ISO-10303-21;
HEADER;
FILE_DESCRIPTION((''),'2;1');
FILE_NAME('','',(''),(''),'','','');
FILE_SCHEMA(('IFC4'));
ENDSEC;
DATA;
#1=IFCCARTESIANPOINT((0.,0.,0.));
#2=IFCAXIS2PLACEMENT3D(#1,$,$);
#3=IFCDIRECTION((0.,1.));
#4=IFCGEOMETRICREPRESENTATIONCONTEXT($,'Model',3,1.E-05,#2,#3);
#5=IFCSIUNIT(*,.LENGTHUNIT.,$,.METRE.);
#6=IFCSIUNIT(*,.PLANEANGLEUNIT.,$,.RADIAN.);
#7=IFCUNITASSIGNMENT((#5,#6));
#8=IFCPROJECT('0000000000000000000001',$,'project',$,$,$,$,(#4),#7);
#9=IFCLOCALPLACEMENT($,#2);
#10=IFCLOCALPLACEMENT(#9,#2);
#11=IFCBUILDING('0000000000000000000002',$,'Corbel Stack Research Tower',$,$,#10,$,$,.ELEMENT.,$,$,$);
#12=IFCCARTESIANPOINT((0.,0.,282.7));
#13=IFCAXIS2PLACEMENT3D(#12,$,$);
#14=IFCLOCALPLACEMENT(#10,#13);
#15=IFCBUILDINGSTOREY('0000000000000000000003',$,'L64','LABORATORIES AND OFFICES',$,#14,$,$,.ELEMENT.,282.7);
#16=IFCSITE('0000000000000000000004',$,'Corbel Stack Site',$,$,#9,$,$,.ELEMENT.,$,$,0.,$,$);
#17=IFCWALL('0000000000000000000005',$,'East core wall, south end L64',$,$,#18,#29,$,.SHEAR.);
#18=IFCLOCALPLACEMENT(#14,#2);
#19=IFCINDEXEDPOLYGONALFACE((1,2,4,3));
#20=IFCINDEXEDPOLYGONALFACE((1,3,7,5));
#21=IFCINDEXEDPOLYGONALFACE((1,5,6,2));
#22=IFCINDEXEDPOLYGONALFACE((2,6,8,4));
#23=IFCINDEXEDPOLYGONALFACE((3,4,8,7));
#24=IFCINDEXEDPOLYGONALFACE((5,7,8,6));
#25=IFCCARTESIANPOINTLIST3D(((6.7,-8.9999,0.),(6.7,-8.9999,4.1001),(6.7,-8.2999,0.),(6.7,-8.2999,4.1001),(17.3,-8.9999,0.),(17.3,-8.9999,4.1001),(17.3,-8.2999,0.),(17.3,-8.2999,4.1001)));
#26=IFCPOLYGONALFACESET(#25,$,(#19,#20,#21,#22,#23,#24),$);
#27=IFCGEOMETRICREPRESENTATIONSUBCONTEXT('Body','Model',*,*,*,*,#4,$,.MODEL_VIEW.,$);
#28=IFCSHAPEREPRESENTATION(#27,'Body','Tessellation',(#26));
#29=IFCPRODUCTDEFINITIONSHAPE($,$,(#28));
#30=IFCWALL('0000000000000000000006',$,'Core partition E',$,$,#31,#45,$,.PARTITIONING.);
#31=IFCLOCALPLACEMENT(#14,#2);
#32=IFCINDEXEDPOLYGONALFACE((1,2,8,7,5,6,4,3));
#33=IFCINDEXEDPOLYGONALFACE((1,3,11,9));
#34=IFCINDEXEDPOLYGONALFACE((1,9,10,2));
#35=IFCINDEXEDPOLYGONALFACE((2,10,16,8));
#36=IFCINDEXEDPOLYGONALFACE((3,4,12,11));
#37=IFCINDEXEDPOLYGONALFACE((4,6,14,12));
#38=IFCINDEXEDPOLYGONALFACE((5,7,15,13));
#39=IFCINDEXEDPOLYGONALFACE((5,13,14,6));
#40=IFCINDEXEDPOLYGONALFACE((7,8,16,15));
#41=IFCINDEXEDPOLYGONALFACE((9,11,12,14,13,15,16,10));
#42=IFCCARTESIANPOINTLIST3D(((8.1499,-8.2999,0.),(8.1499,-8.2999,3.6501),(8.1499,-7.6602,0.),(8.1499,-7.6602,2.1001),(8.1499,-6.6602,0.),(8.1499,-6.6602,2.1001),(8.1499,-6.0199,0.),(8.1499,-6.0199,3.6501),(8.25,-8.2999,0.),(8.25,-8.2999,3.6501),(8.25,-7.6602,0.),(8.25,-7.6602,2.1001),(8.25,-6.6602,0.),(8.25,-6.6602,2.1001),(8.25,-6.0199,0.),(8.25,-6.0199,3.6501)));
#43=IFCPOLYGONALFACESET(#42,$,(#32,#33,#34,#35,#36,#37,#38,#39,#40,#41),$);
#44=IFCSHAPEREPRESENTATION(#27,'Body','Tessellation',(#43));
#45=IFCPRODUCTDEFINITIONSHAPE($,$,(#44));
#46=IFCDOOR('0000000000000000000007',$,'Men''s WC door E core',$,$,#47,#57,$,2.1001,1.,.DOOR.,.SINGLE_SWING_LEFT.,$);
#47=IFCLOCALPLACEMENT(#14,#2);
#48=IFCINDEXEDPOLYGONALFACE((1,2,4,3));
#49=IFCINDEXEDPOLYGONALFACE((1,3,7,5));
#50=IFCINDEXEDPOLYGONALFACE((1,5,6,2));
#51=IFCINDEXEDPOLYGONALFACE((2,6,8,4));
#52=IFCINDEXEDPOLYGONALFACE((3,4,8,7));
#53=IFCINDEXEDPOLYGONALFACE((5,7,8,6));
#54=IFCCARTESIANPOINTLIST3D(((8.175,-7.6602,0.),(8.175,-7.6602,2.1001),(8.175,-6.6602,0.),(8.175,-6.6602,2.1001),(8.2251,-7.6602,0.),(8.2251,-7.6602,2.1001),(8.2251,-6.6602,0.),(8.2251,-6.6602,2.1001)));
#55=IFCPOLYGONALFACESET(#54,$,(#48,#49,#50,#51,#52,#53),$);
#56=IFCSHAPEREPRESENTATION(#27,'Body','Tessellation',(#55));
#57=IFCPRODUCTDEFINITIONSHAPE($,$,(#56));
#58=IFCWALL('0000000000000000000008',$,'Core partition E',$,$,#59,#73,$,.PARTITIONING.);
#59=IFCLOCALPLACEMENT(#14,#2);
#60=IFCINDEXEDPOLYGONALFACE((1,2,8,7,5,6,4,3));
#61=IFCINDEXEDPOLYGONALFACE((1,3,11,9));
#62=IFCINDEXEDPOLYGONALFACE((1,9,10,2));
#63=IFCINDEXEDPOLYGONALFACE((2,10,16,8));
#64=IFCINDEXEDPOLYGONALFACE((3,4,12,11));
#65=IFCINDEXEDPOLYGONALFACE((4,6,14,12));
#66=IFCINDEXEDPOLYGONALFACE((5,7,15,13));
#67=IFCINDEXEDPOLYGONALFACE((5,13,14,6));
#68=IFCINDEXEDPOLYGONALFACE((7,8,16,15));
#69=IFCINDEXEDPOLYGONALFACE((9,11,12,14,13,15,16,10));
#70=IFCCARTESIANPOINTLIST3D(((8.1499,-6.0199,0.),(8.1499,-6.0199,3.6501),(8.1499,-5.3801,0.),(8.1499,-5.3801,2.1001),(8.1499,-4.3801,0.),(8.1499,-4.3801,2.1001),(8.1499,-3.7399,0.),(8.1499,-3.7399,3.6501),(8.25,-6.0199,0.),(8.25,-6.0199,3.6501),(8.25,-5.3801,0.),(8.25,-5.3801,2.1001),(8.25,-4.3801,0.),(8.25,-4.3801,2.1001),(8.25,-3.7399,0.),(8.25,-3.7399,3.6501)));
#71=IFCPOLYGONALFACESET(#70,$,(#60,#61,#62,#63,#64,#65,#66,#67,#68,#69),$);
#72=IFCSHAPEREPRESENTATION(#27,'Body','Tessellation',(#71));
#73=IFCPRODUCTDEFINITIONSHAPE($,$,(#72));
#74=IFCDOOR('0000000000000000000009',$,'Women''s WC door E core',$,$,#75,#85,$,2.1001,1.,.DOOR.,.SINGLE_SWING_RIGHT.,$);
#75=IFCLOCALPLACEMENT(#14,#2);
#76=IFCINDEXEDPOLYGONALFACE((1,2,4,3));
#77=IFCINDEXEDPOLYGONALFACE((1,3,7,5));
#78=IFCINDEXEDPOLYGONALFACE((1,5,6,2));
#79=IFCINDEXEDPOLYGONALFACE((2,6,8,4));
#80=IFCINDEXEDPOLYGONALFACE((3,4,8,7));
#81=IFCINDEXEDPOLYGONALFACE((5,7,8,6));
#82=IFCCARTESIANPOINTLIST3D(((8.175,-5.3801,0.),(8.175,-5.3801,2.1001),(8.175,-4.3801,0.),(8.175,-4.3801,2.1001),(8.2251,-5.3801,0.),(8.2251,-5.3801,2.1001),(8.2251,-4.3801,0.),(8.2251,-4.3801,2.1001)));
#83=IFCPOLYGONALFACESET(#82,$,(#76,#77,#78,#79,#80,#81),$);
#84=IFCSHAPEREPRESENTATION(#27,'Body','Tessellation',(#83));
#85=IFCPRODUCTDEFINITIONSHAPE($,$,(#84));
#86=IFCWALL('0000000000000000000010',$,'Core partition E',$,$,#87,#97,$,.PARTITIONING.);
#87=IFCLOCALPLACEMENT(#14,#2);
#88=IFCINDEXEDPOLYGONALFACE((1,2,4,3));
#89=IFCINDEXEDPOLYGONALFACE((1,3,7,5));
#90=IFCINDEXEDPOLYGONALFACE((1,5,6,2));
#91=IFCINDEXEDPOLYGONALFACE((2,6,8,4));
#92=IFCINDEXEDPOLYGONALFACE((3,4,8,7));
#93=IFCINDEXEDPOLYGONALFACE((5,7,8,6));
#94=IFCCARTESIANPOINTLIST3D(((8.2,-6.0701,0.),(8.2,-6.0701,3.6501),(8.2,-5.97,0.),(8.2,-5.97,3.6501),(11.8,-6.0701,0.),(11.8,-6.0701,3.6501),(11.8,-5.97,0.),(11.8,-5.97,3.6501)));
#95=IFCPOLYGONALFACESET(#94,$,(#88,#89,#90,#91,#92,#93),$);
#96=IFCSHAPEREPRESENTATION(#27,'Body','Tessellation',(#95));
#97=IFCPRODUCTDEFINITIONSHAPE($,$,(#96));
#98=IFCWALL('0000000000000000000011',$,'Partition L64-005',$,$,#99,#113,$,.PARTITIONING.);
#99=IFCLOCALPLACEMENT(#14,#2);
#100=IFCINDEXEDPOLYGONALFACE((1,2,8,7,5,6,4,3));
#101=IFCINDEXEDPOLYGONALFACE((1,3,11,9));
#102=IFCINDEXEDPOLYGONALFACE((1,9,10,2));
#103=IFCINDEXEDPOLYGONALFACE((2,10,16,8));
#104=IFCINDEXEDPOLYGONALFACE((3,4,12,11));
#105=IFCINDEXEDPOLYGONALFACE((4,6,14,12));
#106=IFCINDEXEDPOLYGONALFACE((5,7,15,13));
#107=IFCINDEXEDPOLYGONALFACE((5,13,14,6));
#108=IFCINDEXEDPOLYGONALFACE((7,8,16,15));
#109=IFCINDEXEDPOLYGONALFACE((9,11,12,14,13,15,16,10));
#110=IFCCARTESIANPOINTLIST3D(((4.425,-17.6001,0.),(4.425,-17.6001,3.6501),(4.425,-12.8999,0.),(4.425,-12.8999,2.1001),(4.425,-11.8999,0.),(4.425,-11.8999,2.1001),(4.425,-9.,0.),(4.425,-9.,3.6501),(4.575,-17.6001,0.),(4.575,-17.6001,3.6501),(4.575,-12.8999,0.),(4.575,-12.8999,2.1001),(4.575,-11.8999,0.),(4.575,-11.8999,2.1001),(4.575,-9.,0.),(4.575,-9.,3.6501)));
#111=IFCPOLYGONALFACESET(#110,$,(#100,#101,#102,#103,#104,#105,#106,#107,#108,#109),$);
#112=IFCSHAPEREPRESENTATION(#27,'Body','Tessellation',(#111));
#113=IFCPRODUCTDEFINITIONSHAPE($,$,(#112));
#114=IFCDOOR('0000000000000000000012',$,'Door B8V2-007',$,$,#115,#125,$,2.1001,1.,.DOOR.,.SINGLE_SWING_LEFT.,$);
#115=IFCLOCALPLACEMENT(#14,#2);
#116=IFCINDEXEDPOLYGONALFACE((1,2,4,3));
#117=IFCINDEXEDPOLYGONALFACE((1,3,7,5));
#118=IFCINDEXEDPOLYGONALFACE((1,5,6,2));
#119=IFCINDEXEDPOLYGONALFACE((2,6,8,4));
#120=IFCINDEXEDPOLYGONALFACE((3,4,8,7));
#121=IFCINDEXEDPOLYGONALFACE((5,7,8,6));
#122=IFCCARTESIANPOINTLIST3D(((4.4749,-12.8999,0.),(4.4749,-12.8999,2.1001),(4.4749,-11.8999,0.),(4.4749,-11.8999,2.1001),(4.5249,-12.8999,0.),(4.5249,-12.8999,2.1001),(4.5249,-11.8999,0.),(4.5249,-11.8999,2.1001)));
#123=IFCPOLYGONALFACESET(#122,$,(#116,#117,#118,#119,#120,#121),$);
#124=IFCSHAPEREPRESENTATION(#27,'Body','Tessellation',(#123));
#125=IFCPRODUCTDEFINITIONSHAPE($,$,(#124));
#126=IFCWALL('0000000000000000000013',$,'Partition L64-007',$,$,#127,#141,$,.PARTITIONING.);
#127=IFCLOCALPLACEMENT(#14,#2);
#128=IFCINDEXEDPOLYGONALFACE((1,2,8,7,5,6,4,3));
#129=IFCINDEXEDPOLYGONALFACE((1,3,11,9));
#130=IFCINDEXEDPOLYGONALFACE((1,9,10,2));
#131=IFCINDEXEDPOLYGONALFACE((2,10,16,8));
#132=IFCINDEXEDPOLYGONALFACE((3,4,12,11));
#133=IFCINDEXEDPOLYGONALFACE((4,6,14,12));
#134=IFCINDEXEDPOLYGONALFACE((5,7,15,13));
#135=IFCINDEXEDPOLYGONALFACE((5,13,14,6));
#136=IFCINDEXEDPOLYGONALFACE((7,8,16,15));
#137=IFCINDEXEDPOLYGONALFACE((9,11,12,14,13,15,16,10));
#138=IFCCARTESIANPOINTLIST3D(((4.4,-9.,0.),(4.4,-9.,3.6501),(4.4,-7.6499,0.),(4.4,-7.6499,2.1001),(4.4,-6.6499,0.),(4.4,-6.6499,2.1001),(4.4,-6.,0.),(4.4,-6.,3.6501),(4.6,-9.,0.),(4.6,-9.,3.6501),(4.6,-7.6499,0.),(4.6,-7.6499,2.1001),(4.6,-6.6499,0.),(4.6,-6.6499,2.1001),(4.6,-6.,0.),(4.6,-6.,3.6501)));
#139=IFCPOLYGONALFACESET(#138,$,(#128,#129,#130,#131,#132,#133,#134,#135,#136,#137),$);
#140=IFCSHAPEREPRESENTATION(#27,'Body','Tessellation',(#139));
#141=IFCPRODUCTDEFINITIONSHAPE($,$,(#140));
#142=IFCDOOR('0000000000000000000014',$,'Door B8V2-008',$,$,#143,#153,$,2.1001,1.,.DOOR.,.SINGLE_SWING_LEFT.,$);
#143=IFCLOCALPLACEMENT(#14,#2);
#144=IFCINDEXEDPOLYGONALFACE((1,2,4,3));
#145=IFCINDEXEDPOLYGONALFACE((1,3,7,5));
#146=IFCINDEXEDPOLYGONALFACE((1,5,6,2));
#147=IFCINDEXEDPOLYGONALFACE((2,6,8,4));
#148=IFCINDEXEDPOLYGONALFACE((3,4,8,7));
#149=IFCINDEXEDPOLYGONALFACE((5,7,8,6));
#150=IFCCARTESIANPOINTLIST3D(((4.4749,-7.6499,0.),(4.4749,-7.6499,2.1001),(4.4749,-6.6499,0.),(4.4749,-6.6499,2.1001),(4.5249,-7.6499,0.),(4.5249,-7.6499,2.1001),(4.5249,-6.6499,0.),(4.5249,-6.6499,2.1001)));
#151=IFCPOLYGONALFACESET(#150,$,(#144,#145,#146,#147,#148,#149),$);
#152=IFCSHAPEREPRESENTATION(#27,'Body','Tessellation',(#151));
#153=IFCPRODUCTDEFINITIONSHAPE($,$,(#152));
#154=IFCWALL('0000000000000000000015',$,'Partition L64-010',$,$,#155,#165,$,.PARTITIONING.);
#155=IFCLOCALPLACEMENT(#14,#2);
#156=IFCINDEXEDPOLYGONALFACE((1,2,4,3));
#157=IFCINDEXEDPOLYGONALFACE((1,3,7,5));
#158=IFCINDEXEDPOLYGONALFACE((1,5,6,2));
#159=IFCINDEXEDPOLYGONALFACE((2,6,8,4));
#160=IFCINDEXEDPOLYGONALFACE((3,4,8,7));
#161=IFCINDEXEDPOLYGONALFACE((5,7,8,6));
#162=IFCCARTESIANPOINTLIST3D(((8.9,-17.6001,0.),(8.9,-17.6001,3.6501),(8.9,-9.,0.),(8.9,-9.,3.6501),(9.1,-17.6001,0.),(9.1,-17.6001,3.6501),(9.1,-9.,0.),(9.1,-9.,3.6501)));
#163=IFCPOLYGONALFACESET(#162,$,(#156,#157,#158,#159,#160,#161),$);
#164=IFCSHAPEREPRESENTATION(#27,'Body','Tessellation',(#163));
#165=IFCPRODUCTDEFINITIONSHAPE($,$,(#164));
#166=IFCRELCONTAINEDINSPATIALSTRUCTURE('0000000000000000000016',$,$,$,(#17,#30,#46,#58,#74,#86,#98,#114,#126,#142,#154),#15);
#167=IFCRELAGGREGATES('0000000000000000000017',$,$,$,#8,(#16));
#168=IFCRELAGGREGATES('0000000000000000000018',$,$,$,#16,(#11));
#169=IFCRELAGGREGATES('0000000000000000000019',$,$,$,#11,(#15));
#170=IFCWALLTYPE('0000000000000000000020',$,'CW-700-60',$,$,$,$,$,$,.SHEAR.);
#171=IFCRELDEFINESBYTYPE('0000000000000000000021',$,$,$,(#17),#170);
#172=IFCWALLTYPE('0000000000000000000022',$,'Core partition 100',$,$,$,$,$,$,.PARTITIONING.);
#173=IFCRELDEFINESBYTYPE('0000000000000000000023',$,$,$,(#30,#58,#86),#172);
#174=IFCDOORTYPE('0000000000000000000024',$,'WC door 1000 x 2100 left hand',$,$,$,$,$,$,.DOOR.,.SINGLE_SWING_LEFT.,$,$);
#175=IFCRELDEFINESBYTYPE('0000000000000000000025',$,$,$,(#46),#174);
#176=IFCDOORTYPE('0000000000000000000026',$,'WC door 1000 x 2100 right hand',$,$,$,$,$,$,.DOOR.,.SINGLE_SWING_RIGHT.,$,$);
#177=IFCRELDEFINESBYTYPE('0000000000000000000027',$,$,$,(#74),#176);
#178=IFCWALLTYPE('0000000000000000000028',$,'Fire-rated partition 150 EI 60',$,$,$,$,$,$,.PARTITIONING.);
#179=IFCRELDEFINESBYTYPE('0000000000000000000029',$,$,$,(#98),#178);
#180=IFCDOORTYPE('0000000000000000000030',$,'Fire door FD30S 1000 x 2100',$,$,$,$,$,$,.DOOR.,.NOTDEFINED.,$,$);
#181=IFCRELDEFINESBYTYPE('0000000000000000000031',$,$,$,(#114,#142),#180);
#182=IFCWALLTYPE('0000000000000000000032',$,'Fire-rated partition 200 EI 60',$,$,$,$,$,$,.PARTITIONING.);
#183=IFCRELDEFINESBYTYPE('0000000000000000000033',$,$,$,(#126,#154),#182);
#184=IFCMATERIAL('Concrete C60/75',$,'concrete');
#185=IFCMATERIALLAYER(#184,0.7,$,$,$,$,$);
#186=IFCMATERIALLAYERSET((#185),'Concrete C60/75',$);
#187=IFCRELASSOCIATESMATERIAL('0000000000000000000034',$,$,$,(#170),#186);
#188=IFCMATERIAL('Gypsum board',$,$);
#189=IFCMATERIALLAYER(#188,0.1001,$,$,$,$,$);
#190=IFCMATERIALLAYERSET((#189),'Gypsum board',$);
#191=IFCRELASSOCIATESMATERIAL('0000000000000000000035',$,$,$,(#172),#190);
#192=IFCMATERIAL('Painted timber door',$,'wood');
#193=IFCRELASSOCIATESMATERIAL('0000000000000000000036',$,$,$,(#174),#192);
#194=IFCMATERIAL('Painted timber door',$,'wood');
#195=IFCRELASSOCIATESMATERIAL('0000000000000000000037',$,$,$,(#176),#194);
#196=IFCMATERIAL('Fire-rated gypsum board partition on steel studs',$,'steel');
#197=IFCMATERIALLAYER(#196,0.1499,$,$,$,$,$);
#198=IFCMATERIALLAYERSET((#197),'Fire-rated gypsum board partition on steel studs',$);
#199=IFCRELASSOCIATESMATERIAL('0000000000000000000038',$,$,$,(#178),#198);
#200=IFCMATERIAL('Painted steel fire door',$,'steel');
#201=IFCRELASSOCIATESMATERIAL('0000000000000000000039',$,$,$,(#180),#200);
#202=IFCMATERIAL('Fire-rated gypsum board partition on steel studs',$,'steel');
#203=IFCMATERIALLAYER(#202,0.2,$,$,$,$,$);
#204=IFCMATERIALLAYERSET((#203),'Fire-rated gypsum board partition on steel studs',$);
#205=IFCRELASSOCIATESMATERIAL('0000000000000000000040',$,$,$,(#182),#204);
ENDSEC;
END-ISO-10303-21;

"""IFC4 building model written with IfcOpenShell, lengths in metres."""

from ifc_helpers import new_model, si_unit, direction, frame, frame_2d, origin, place, context, subcontext, project, spatial, rectangle, extrude, material, layer, layer_set, type_object, element, fill, save


model = new_model("IFC4")

# Units and contexts
model_context = context("Model", 3, precision=1e-05, world=origin(), true_north=direction((0.0, 1.0)))
body_context = subcontext(model_context, "Body", "Model", "MODEL_VIEW")
ifc_project = project(units=[si_unit("LENGTHUNIT", "METRE"), si_unit("PLANEANGLEUNIT", "RADIAN")], contexts=[model_context])

# Site, building, storey
site_placement = place(None, origin())
site = spatial("IfcSite", under=ifc_project, at=site_placement, Name="Corbel Stack Site", CompositionType="ELEMENT", RefElevation=0.0)
building_placement = place(site_placement, origin())
building = spatial("IfcBuilding", under=site, at=building_placement, Name="Corbel Stack Research Tower", CompositionType="ELEMENT")
storey_placement = place(building_placement, frame((0.0, 0.0, 282.7)))
storey = spatial("IfcBuildingStorey", under=building, at=storey_placement, Name="L64", Description="LABORATORIES AND OFFICES", CompositionType="ELEMENT", Elevation=282.7)

# Shared definitions
ifc_material_1 = material(Name="Concrete C60/75", Category="concrete")
ifc_layer_1 = layer(ifc_material_1, 0.7)
ifc_layer_set_1 = layer_set([ifc_layer_1], Name="Concrete C60/75")
wall_type_1 = type_object("IfcWallType", Name="CW-700-60", PredefinedType="SHEAR", material=ifc_layer_set_1)

# Wall
wall_1_placement = place(storey_placement, frame((6.7, -8.6499, 0.0), z_axis=(0.0, 0.0, 1.0), x_axis=(1.0, 0.0, 0.0)))
element("IfcWall", 1, at=wall_1_placement, inside=storey, type_object=wall_type_1, Name="East core wall, south end L64", PredefinedType="SHEAR", context=body_context, shape_type="SweptSolid", body=[
    extrude(rectangle(XDim=10.6001, YDim=0.7, at=frame_2d((5.3, 0.0))), origin(), (0.0, 0.0, 1.0), 4.1001),
])

# Walls, openings, doors
ifc_material_2 = material(Name="Gypsum board")
ifc_layer_2 = layer(ifc_material_2, 0.1001)
ifc_layer_set_2 = layer_set([ifc_layer_2], Name="Gypsum board")
wall_type_2 = type_object("IfcWallType", Name="Core partition 100", PredefinedType="PARTITIONING", material=ifc_layer_set_2)
wall_2_placement = place(storey_placement, frame((8.2, -8.3, 0.0), z_axis=(0.0, 0.0, 1.0), x_axis=(0.0, 1.0, 0.0)))
wall_2 = element("IfcWall", 2, at=wall_2_placement, inside=storey, type_object=wall_type_2, Name="Core partition E", PredefinedType="PARTITIONING", context=body_context, shape_type="SweptSolid", body=[
    extrude(rectangle(XDim=2.28, YDim=0.1001, at=frame_2d((1.1401, 0.0))), origin(), (0.0, 0.0, 1.0), 3.6501),
])
opening_1_placement = place(wall_2_placement, frame((0.6399, 0.0, 0.0)))
opening_1 = element("IfcOpeningElement", 3, at=opening_1_placement, cuts=wall_2, PredefinedType="OPENING", context=body_context, shape_type="SweptSolid", body=[
    extrude(rectangle(XDim=1.0, YDim=2.1001, at=frame_2d((0.5, 1.05))), frame((0.0, 0.0601, 0.0), z_axis=(0.0, -1.0, 0.0), x_axis=(1.0, 0.0, 0.0)), (0.0, 0.0, 1.0), 0.1201),
])
ifc_material_3 = material(Name="Painted timber door", Category="wood")
door_type_1 = type_object("IfcDoorType", Name="WC door 1000 x 2100 left hand", OperationType="SINGLE_SWING_LEFT", PredefinedType="DOOR", material=ifc_material_3)
door_1_placement = place(opening_1_placement, origin())
door_1 = element("IfcDoor", 4, at=door_1_placement, inside=storey, type_object=door_type_1, Name="Men's WC door E core", OperationType="SINGLE_SWING_LEFT", OverallHeight=2.1001, OverallWidth=1.0, PredefinedType="DOOR", context=body_context, shape_type="SweptSolid", body=[
    extrude(rectangle(XDim=1.0, YDim=2.1001, at=frame_2d((0.5, 1.05))), frame((0.0, 0.0249, 0.0), z_axis=(0.0, -1.0, 0.0), x_axis=(1.0, 0.0, 0.0)), (0.0, 0.0, 1.0), 0.05),
])
fill(opening_1, door_1)
wall_3_placement = place(storey_placement, frame((8.2, -6.02, 0.0), z_axis=(0.0, 0.0, 1.0), x_axis=(0.0, 1.0, 0.0)))
wall_3 = element("IfcWall", 5, at=wall_3_placement, inside=storey, type_object=wall_type_2, Name="Core partition E", PredefinedType="PARTITIONING", context=body_context, shape_type="SweptSolid", body=[
    extrude(rectangle(XDim=2.28, YDim=0.1001, at=frame_2d((1.1401, 0.0))), origin(), (0.0, 0.0, 1.0), 3.6501),
])
opening_2_placement = place(wall_3_placement, frame((0.6399, 0.0, 0.0)))
opening_2 = element("IfcOpeningElement", 6, at=opening_2_placement, cuts=wall_3, PredefinedType="OPENING", context=body_context, shape_type="SweptSolid", body=[
    extrude(rectangle(XDim=1.0, YDim=2.1001, at=frame_2d((0.5, 1.05))), frame((0.0, 0.0601, 0.0), z_axis=(0.0, -1.0, 0.0), x_axis=(1.0, 0.0, 0.0)), (0.0, 0.0, 1.0), 0.1201),
])
ifc_material_4 = material(Name="Painted timber door", Category="wood")
door_type_2 = type_object("IfcDoorType", Name="WC door 1000 x 2100 right hand", OperationType="SINGLE_SWING_RIGHT", PredefinedType="DOOR", material=ifc_material_4)
door_2_placement = place(opening_2_placement, origin())
door_2 = element("IfcDoor", 7, at=door_2_placement, inside=storey, type_object=door_type_2, Name="Women's WC door E core", OperationType="SINGLE_SWING_RIGHT", OverallHeight=2.1001, OverallWidth=1.0, PredefinedType="DOOR", context=body_context, shape_type="SweptSolid", body=[
    extrude(rectangle(XDim=1.0, YDim=2.1001, at=frame_2d((0.5, 1.05))), frame((0.0, 0.0249, 0.0), z_axis=(0.0, -1.0, 0.0), x_axis=(1.0, 0.0, 0.0)), (0.0, 0.0, 1.0), 0.05),
])
fill(opening_2, door_2)

# Wall
wall_4_placement = place(storey_placement, frame((8.2, -6.02, 0.0), z_axis=(0.0, 0.0, 1.0), x_axis=(1.0, 0.0, 0.0)))
element("IfcWall", 8, at=wall_4_placement, inside=storey, type_object=wall_type_2, Name="Core partition E", PredefinedType="PARTITIONING", context=body_context, shape_type="SweptSolid", body=[
    extrude(rectangle(XDim=3.6001, YDim=0.1001, at=frame_2d((1.8, 0.0))), origin(), (0.0, 0.0, 1.0), 3.6501),
])

# Walls, openings, doors
ifc_material_5 = material(Name="Fire-rated gypsum board partition on steel studs", Category="steel")
ifc_layer_3 = layer(ifc_material_5, 0.1499)
ifc_layer_set_3 = layer_set([ifc_layer_3], Name="Fire-rated gypsum board partition on steel studs")
wall_type_3 = type_object("IfcWallType", Name="Fire-rated partition 150 EI 60", PredefinedType="PARTITIONING", material=ifc_layer_set_3)
wall_5_placement = place(storey_placement, frame((4.5, -9.0, 0.0), z_axis=(0.0, 0.0, 1.0), x_axis=(0.0, -1.0, 0.0)))
wall_5 = element("IfcWall", 9, at=wall_5_placement, inside=storey, type_object=wall_type_3, Name="Partition L64-005", PredefinedType="PARTITIONING", context=body_context, shape_type="SweptSolid", body=[
    extrude(rectangle(XDim=8.6001, YDim=0.1499, at=frame_2d((4.3, 0.0))), origin(), (0.0, 0.0, 1.0), 3.6501),
])
opening_3_placement = place(wall_5_placement, frame((2.8999, 0.0, 0.0)))
opening_3 = element("IfcOpeningElement", 10, at=opening_3_placement, cuts=wall_5, PredefinedType="OPENING", context=body_context, shape_type="SweptSolid", body=[
    extrude(rectangle(XDim=1.0, YDim=2.1001, at=frame_2d((0.5, 1.05))), frame((0.0, 0.085, 0.0), z_axis=(0.0, -1.0, 0.0), x_axis=(1.0, 0.0, 0.0)), (0.0, 0.0, 1.0), 0.1699),
])
ifc_material_6 = material(Name="Painted steel fire door", Category="steel")
door_type_3 = type_object("IfcDoorType", Name="Fire door FD30S 1000 x 2100", OperationType="NOTDEFINED", PredefinedType="DOOR", material=ifc_material_6)
door_3_placement = place(opening_3_placement, origin())
door_3 = element("IfcDoor", 11, at=door_3_placement, inside=storey, type_object=door_type_3, Name="Door B8V2-007", OperationType="SINGLE_SWING_LEFT", OverallHeight=2.1001, OverallWidth=1.0, PredefinedType="DOOR", context=body_context, shape_type="SweptSolid", body=[
    extrude(rectangle(XDim=1.0, YDim=2.1001, at=frame_2d((0.5, 1.05))), frame((0.0, 0.0249, 0.0), z_axis=(0.0, -1.0, 0.0), x_axis=(1.0, 0.0, 0.0)), (0.0, 0.0, 1.0), 0.05),
])
fill(opening_3, door_3)
ifc_material_7 = material(Name="Fire-rated gypsum board partition on steel studs", Category="steel")
ifc_layer_4 = layer(ifc_material_7, 0.2)
ifc_layer_set_4 = layer_set([ifc_layer_4], Name="Fire-rated gypsum board partition on steel studs")
wall_type_4 = type_object("IfcWallType", Name="Fire-rated partition 200 EI 60", PredefinedType="PARTITIONING", material=ifc_layer_set_4)
wall_6_placement = place(storey_placement, frame((4.5, -6.0, 0.0), z_axis=(0.0, 0.0, 1.0), x_axis=(0.0, -1.0, 0.0)))
wall_6 = element("IfcWall", 12, at=wall_6_placement, inside=storey, type_object=wall_type_4, Name="Partition L64-007", PredefinedType="PARTITIONING", context=body_context, shape_type="SweptSolid", body=[
    extrude(rectangle(XDim=3.0, YDim=0.2, at=frame_2d((1.5, 0.0))), origin(), (0.0, 0.0, 1.0), 3.6501),
])
opening_4_placement = place(wall_6_placement, frame((0.6499, 0.0, 0.0)))
opening_4 = element("IfcOpeningElement", 13, at=opening_4_placement, cuts=wall_6, PredefinedType="OPENING", context=body_context, shape_type="SweptSolid", body=[
    extrude(rectangle(XDim=1.0, YDim=2.1001, at=frame_2d((0.5, 1.05))), frame((0.0, 0.1099, 0.0), z_axis=(0.0, -1.0, 0.0), x_axis=(1.0, 0.0, 0.0)), (0.0, 0.0, 1.0), 0.22),
])
door_4_placement = place(opening_4_placement, origin())
door_4 = element("IfcDoor", 14, at=door_4_placement, inside=storey, type_object=door_type_3, Name="Door B8V2-008", OperationType="SINGLE_SWING_LEFT", OverallHeight=2.1001, OverallWidth=1.0, PredefinedType="DOOR", context=body_context, shape_type="SweptSolid", body=[
    extrude(rectangle(XDim=1.0, YDim=2.1001, at=frame_2d((0.5, 1.05))), frame((0.0, 0.0249, 0.0), z_axis=(0.0, -1.0, 0.0), x_axis=(1.0, 0.0, 0.0)), (0.0, 0.0, 1.0), 0.05),
])
fill(opening_4, door_4)

# Wall
wall_7_placement = place(storey_placement, frame((9.0, -17.6001, 0.0), z_axis=(0.0, 0.0, 1.0), x_axis=(0.0, 1.0, 0.0)))
element("IfcWall", 15, at=wall_7_placement, inside=storey, type_object=wall_type_4, Name="Partition L64-010", PredefinedType="PARTITIONING", context=body_context, shape_type="SweptSolid", body=[
    extrude(rectangle(XDim=8.6001, YDim=0.2, at=frame_2d((4.3, 0.0))), origin(), (0.0, 0.0, 1.0), 3.6501),
])

save(model, "model.ifc")
